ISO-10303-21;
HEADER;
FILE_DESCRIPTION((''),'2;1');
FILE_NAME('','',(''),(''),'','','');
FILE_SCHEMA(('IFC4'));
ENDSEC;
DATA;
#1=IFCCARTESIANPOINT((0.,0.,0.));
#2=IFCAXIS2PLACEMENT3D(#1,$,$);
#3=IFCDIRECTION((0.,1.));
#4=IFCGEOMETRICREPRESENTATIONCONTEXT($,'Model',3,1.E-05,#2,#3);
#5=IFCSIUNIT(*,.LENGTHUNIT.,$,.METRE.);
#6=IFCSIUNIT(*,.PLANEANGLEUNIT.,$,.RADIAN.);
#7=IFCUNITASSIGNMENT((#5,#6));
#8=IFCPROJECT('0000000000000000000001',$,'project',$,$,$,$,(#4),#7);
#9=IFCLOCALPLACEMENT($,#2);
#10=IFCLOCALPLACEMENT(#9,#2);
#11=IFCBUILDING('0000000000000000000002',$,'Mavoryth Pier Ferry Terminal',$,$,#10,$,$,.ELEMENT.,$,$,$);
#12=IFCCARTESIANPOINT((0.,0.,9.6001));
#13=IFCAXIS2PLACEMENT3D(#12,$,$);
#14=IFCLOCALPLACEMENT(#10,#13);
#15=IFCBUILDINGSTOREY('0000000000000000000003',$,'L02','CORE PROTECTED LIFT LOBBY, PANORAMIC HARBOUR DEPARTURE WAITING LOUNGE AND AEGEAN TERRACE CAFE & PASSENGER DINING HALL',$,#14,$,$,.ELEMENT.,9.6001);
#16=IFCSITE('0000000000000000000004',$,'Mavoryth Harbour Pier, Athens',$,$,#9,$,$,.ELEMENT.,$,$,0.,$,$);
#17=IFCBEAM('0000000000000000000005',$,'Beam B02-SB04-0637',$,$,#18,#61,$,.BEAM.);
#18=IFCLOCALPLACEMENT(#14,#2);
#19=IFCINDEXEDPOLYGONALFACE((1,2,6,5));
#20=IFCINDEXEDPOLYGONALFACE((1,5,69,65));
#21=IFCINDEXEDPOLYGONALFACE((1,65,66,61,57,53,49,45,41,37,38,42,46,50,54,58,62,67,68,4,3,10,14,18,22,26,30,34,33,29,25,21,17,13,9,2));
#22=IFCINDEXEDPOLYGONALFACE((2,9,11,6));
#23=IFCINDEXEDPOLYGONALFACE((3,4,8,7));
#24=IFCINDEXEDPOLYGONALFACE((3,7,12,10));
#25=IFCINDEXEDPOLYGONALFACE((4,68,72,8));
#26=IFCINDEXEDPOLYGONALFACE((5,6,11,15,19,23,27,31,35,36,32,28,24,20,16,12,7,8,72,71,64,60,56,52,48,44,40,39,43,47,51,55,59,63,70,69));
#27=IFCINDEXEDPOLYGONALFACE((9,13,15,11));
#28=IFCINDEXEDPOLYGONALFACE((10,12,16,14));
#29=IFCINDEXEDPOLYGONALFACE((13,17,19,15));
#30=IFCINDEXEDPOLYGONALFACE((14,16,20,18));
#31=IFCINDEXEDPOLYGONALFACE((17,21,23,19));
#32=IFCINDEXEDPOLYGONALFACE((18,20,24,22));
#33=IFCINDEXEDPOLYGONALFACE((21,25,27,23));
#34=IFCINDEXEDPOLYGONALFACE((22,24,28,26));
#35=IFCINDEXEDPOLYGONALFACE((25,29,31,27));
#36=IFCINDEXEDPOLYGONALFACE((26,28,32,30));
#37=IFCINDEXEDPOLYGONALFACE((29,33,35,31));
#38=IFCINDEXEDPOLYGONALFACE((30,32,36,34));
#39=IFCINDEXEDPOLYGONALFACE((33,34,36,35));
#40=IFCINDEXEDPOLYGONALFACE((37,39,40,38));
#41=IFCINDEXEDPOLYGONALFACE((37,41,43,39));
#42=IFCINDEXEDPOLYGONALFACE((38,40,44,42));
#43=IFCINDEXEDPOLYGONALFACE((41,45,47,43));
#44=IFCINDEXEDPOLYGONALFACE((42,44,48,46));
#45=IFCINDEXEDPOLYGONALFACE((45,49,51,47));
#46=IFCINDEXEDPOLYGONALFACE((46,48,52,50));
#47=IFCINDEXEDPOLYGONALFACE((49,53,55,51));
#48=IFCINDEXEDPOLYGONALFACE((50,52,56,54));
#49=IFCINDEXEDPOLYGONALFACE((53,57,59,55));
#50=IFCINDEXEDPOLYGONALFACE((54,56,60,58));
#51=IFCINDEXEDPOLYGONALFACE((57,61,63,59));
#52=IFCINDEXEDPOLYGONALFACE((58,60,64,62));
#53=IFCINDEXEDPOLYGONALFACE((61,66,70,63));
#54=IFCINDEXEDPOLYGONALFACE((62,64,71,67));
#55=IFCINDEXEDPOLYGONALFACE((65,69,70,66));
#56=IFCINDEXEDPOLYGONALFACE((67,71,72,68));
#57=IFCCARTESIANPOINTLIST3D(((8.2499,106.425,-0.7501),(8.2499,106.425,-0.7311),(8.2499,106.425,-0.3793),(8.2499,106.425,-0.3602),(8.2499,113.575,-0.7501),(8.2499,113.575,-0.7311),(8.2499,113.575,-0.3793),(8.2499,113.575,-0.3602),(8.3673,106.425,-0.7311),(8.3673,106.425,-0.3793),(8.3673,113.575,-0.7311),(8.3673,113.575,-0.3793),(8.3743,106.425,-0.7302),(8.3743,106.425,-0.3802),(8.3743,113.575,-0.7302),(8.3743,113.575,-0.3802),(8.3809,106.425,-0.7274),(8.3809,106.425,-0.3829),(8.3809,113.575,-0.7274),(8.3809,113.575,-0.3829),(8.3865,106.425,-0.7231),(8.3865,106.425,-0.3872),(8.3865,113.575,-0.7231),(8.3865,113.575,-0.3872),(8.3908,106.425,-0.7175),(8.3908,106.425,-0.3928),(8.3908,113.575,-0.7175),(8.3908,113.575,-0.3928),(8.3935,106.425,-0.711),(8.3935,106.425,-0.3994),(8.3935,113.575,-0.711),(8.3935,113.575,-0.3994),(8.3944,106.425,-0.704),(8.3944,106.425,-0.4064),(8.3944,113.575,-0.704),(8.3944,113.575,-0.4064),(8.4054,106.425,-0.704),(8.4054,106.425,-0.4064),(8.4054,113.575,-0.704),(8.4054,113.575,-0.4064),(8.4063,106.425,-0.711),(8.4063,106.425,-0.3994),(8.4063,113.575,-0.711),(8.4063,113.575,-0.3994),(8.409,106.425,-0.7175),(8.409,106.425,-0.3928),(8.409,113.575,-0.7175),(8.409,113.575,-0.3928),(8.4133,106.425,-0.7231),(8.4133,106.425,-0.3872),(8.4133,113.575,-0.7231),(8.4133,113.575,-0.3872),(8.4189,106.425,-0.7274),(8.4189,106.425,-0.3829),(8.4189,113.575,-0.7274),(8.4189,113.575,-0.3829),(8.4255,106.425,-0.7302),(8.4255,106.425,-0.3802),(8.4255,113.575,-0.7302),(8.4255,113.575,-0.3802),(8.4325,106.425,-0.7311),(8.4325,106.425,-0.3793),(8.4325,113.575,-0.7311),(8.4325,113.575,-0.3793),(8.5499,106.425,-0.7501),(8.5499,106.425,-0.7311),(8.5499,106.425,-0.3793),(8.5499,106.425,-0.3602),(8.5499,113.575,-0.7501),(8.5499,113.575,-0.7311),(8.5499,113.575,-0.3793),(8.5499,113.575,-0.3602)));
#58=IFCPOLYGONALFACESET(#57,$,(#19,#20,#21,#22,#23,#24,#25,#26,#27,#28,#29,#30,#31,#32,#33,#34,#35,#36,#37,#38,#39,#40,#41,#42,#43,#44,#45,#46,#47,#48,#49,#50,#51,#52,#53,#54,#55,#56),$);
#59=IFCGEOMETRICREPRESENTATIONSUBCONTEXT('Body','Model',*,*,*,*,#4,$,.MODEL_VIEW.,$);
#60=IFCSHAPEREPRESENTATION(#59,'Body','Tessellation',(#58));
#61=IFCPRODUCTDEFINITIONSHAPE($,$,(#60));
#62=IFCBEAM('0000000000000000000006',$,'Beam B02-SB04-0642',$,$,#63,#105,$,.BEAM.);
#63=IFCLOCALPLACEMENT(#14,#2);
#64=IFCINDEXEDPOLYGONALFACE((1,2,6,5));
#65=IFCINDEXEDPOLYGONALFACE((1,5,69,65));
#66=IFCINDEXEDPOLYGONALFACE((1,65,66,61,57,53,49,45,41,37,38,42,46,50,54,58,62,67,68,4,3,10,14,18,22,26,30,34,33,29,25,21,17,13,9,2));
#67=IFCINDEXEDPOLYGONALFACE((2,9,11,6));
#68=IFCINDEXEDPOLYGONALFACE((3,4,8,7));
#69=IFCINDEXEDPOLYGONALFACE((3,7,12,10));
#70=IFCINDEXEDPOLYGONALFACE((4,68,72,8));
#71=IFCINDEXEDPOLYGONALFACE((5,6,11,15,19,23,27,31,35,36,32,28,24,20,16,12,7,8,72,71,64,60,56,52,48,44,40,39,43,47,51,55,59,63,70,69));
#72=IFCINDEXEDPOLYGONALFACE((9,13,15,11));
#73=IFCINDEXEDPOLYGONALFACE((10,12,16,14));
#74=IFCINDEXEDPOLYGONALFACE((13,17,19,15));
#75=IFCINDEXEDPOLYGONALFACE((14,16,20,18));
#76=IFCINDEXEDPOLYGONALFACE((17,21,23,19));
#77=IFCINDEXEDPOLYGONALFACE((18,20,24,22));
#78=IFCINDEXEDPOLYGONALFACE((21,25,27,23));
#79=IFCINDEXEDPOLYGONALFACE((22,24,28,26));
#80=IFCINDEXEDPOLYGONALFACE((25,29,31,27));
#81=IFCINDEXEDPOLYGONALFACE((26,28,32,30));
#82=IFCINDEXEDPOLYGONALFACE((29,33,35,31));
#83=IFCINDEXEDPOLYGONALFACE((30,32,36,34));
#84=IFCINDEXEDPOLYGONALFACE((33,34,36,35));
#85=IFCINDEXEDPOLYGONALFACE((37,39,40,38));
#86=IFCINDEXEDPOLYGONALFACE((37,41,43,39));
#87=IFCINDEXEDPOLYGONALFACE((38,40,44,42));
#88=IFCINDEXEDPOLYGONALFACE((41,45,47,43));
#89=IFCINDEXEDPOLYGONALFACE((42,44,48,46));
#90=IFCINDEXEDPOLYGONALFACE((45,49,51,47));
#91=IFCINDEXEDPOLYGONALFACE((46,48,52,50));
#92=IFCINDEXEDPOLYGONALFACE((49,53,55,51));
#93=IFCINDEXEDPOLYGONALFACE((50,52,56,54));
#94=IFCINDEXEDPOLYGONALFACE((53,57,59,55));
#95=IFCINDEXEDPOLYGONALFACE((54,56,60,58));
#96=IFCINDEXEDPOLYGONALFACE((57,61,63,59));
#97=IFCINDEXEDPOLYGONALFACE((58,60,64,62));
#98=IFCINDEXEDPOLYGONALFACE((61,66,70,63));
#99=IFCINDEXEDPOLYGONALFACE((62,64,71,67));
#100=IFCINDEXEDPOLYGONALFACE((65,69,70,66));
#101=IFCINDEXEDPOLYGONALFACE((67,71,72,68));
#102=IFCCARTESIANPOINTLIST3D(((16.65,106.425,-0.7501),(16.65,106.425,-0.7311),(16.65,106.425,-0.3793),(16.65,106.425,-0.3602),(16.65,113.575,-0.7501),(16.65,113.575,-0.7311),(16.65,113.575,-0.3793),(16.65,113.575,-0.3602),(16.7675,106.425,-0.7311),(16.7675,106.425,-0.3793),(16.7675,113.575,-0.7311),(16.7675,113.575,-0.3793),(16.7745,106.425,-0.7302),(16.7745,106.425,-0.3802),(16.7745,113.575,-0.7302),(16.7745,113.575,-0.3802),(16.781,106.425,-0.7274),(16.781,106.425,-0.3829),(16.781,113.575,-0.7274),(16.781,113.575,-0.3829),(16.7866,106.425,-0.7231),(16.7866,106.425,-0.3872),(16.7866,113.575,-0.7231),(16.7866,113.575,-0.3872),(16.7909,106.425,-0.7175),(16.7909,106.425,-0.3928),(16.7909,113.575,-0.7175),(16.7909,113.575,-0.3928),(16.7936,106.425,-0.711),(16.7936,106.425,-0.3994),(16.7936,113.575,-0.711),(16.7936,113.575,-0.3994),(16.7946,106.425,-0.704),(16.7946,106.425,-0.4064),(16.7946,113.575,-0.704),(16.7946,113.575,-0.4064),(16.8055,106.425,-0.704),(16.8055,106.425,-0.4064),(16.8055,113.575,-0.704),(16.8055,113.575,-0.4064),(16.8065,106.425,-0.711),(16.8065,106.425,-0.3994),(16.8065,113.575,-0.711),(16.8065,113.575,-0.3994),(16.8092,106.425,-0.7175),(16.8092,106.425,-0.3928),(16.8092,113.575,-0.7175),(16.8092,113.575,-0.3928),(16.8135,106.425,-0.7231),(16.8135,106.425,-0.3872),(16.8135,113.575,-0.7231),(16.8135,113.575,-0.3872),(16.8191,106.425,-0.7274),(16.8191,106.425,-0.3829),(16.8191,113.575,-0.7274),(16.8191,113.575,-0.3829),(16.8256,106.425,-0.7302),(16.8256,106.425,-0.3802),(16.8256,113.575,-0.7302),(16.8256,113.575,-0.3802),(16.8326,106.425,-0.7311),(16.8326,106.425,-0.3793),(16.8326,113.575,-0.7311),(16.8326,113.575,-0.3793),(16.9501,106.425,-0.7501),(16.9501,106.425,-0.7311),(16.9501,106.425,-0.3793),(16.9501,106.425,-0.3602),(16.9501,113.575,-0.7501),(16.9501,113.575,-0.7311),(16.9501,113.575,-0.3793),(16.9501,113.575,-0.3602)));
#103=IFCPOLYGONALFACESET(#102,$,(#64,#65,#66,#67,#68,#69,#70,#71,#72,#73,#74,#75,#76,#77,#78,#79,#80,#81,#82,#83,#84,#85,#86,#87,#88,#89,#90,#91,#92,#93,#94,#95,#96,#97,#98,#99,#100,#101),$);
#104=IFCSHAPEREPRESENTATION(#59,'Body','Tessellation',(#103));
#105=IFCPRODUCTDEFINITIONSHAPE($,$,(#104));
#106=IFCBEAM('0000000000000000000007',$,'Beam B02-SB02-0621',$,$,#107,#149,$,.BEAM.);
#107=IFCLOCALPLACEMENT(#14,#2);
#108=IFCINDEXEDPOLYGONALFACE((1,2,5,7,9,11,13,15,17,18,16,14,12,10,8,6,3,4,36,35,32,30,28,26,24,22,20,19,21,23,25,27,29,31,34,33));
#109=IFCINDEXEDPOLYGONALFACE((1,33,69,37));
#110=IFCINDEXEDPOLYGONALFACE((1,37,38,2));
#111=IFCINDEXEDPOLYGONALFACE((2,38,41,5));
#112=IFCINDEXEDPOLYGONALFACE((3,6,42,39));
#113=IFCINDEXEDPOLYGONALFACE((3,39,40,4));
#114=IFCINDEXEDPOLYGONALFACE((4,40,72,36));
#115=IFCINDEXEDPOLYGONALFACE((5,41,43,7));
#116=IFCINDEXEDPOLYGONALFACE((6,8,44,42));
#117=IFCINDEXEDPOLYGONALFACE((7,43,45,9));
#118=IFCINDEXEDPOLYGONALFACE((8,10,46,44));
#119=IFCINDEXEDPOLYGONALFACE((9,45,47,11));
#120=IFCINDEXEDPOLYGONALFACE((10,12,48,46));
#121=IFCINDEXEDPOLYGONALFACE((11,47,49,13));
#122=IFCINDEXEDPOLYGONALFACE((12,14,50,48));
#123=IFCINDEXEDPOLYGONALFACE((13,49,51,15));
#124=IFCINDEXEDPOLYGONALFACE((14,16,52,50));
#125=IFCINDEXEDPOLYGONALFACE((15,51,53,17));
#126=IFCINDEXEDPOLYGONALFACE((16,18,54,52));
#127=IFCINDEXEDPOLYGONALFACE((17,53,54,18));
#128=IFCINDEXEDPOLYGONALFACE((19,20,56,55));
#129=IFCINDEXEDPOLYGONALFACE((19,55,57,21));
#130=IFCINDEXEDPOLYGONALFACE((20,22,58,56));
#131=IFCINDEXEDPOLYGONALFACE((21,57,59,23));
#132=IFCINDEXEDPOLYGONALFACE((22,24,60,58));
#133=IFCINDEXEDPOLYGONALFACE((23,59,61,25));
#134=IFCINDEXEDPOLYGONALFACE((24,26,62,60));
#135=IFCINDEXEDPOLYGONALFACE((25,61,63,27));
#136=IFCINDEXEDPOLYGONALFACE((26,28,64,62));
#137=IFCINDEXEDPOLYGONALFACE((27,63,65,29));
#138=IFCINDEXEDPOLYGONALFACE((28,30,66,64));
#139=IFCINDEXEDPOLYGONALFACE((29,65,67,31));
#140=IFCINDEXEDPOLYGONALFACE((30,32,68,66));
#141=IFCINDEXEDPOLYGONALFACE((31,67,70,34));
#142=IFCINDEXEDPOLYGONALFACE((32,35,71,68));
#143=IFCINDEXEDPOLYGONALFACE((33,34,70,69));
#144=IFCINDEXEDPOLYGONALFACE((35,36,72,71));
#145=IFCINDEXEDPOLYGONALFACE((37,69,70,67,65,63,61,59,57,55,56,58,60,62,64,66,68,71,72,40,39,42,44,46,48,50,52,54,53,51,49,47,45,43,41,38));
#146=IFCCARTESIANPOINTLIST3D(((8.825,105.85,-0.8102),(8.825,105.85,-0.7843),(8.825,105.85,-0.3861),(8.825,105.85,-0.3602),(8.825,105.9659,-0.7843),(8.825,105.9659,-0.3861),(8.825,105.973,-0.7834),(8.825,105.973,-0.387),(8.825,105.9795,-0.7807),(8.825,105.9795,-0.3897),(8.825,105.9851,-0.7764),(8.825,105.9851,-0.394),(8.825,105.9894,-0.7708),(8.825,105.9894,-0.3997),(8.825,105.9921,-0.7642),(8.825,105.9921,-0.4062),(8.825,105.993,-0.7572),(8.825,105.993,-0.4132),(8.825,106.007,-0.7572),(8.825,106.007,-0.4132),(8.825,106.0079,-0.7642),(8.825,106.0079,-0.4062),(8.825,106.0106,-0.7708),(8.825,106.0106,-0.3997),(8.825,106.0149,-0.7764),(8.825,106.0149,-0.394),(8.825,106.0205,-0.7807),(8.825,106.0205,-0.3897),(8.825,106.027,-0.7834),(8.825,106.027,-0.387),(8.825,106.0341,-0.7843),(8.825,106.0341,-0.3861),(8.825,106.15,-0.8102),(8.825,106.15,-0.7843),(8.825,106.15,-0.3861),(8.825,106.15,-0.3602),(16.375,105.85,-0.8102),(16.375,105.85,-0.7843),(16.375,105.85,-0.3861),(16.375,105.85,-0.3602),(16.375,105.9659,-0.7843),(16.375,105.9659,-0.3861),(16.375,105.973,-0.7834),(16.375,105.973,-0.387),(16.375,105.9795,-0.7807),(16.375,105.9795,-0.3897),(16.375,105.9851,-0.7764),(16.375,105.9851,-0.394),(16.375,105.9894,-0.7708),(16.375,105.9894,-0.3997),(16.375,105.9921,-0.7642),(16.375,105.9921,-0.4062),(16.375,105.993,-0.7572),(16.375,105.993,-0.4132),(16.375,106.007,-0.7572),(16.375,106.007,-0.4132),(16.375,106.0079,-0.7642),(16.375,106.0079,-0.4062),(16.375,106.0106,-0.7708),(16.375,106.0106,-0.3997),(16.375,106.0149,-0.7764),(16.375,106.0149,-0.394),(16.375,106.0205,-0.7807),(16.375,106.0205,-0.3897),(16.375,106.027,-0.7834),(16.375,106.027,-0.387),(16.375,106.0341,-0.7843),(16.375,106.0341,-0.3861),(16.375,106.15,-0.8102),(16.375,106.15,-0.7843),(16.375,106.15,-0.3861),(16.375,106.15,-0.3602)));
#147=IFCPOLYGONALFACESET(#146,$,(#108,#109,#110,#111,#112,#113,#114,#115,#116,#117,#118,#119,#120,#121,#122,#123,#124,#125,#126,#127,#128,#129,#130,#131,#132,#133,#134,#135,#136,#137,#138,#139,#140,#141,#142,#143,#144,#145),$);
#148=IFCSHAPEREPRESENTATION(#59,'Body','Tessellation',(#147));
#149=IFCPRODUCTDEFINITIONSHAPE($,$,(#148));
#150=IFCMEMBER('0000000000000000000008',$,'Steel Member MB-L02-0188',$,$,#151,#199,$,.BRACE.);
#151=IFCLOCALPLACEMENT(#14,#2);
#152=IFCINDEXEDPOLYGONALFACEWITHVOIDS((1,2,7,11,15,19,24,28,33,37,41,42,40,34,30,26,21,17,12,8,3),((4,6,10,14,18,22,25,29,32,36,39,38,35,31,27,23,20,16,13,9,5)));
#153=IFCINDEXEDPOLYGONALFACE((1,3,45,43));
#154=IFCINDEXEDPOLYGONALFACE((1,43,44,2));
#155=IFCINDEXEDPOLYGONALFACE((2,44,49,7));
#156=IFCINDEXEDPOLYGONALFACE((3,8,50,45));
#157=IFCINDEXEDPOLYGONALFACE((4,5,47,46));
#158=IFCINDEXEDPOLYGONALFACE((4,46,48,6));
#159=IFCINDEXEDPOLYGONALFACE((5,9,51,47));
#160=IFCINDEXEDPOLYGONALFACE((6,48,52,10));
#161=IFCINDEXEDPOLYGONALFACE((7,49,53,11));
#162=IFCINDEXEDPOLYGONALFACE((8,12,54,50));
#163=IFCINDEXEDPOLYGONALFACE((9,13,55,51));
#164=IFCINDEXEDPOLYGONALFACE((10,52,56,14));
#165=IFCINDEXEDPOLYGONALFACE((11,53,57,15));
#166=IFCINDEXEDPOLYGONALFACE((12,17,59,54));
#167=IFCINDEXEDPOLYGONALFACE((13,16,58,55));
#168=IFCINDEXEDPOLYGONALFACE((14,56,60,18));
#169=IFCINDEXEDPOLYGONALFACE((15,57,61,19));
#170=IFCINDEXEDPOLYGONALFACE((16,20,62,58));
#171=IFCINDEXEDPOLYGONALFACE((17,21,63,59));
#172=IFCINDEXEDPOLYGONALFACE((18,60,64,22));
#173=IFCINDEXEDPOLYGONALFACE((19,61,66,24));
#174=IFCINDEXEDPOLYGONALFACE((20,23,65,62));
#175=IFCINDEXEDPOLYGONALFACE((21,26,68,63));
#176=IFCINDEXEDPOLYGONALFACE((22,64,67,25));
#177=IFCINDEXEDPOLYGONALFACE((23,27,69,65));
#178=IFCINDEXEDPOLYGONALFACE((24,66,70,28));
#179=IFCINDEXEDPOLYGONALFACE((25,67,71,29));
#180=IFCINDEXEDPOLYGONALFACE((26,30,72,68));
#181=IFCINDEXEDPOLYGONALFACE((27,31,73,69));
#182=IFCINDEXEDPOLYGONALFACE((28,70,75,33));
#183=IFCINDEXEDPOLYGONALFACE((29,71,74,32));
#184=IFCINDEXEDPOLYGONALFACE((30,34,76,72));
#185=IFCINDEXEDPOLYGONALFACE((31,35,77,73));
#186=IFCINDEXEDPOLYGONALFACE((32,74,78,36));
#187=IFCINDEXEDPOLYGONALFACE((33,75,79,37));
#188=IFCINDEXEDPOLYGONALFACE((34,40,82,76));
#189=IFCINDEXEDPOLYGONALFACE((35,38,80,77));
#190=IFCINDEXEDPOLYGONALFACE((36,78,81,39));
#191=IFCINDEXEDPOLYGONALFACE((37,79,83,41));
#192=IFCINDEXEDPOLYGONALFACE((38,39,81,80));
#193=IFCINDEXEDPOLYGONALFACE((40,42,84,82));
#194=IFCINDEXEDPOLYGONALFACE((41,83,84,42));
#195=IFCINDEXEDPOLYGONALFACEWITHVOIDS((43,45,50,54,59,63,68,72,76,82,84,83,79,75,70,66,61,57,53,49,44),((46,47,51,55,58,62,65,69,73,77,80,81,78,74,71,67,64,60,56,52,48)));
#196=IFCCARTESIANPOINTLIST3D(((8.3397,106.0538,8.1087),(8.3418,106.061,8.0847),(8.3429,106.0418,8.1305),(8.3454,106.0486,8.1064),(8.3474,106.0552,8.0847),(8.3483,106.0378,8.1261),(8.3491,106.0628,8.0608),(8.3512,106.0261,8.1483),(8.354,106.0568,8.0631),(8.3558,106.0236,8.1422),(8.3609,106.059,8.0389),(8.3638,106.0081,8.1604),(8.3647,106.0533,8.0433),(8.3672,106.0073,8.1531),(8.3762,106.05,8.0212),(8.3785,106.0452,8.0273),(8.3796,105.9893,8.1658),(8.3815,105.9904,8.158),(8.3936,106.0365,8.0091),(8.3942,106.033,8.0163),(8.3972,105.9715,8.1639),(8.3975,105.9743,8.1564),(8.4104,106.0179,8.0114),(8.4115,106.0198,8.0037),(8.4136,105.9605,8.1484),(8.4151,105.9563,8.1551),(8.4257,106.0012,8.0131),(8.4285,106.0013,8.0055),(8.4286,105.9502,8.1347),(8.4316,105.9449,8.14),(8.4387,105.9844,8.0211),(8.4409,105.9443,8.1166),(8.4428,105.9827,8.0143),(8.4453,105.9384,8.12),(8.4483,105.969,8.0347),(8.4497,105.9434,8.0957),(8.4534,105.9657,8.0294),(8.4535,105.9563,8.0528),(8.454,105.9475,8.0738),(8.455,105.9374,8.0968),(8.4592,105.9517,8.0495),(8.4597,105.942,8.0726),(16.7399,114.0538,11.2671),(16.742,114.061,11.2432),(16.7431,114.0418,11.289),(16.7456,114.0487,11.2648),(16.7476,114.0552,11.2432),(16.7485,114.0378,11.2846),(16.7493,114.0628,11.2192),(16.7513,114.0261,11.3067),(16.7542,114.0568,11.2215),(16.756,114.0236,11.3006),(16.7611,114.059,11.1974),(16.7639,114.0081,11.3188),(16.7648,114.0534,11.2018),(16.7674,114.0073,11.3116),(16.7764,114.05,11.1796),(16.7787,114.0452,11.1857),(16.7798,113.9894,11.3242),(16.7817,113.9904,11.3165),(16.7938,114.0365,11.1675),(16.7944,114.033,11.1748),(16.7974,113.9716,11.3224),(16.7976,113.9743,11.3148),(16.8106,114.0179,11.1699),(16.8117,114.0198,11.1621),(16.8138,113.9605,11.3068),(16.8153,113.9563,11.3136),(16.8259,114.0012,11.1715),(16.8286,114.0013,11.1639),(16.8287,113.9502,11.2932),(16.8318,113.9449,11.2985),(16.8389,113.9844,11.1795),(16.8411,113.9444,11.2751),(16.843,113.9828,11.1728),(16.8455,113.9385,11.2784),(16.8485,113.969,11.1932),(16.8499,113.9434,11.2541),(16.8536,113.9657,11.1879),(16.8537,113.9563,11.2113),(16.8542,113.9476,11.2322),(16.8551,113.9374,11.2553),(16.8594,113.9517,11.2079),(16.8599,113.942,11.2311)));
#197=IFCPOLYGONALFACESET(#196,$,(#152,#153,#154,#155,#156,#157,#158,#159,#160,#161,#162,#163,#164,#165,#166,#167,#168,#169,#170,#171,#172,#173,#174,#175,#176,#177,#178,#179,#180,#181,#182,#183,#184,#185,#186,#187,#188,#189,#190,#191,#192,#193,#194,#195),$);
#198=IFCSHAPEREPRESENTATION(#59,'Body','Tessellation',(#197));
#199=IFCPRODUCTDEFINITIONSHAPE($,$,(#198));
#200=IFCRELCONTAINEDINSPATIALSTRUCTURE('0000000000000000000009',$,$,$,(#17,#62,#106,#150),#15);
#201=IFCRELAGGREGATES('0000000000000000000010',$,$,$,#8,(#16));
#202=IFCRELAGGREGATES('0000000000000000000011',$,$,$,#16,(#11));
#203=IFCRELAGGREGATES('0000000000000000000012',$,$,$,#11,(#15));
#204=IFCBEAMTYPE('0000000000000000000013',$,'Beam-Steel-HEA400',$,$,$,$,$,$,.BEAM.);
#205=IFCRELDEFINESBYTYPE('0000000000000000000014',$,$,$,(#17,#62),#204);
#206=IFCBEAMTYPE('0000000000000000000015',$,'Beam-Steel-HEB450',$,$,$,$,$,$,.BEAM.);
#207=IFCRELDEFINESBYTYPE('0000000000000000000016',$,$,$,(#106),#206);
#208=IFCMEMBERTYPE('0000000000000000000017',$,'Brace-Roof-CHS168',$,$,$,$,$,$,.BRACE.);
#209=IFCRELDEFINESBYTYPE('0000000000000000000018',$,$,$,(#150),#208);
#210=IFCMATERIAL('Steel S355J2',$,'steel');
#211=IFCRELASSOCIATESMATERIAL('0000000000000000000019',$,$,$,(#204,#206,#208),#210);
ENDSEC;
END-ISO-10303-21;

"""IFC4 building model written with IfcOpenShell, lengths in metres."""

from ifc_helpers import new_model, si_unit, direction, frame, origin, origin_2d, place, context, subcontext, project, spatial, hollow_circle, i_section, extrude, material, material_profile, profile_set, type_object, element, save


model = new_model("IFC4")

# Units and contexts
model_context = context("Model", 3, precision=1e-05, world=origin(), true_north=direction((0.0, 1.0)))
body_context = subcontext(model_context, "Body", "Model", "MODEL_VIEW")
ifc_project = project(units=[si_unit("LENGTHUNIT", "METRE"), si_unit("PLANEANGLEUNIT", "RADIAN")], contexts=[model_context])

# Site, building, storey
site_placement = place(None, origin())
site = spatial("IfcSite", under=ifc_project, at=site_placement, Name="Mavoryth Harbour Pier, Athens", CompositionType="ELEMENT", RefElevation=0.0)
building_placement = place(site_placement, origin())
building = spatial("IfcBuilding", under=site, at=building_placement, Name="Mavoryth Pier Ferry Terminal", CompositionType="ELEMENT")
storey_placement = place(building_placement, frame((0.0, 0.0, 9.6001)))
storey = spatial("IfcBuildingStorey", under=building, at=storey_placement, Name="L02", Description="CORE PROTECTED LIFT LOBBY, PANORAMIC HARBOUR DEPARTURE WAITING LOUNGE AND AEGEAN TERRACE CAFE & PASSENGER DINING HALL", CompositionType="ELEMENT", Elevation=9.6001)

# Shared definitions
ifc_material_1 = material(Name="Steel S355J2", Category="steel")

# Beams
ifc_material_profile_1 = material_profile(ifc_material_1, i_section(OverallWidth=0.3, OverallDepth=0.3899, WebThickness=0.011, FlangeThickness=0.019, FilletRadius=0.0271, at=origin_2d()), Name="HEA 400", Category="steel")
ifc_profile_set_1 = profile_set([ifc_material_profile_1], Name="Steel S355J2 - HEA 400")
beam_type_1 = type_object("IfcBeamType", Name="Beam-Steel-HEA400", PredefinedType="BEAM", material=ifc_profile_set_1)
for number, where, z_axis, x_axis, name in (
    (1, (8.3999, 106.425, -0.5552), (0.0, 1.0, 0.0), (-1.0, 0.0, 0.0), "Beam B02-SB04-0637"),
    (2, (16.8, 106.425, -0.5552), (0.0, 1.0, 0.0), (-1.0, 0.0, 0.0), "Beam B02-SB04-0642"),
):
    element("IfcBeam", number, at=place(storey_placement, frame(where, z_axis=z_axis, x_axis=x_axis)), inside=storey, type_object=beam_type_1, Name=name, PredefinedType="BEAM", context=body_context, shape_type="SweptSolid", body=[
        extrude(i_section(OverallWidth=0.3, OverallDepth=0.3899, WebThickness=0.011, FlangeThickness=0.019, FilletRadius=0.0271, at=origin_2d()), origin(), (0.0, 0.0, 1.0), 7.1499),
    ])
ifc_material_profile_2 = material_profile(ifc_material_1, i_section(OverallWidth=0.3, OverallDepth=0.45, WebThickness=0.0139, FlangeThickness=0.0259, FilletRadius=0.0271, at=origin_2d()), Name="HEB 450", Category="steel")
ifc_profile_set_2 = profile_set([ifc_material_profile_2], Name="Steel S355J2 - HEB 450")
beam_type_2 = type_object("IfcBeamType", Name="Beam-Steel-HEB450", PredefinedType="BEAM", material=ifc_profile_set_2)
beam_1_placement = place(storey_placement, frame((8.825, 106.0, -0.5852), z_axis=(1.0, 0.0, 0.0), x_axis=(0.0, 1.0, 0.0)))
element("IfcBeam", 3, at=beam_1_placement, inside=storey, type_object=beam_type_2, Name="Beam B02-SB02-0621", PredefinedType="BEAM", context=body_context, shape_type="SweptSolid", body=[
    extrude(i_section(OverallWidth=0.3, OverallDepth=0.45, WebThickness=0.0139, FlangeThickness=0.0259, FilletRadius=0.0271, at=origin_2d()), origin(), (0.0, 0.0, 1.0), 7.55),
])

# Member
ifc_material_profile_3 = material_profile(ifc_material_1, hollow_circle(Radius=0.0842, WallThickness=0.0081, at=origin_2d()), Name="CHS 168.3x8.0", Category="steel")
ifc_profile_set_3 = profile_set([ifc_material_profile_3], Name="Steel S355J2 - CHS 168.3x8.0")
member_type_1 = type_object("IfcMemberType", Name="Brace-Roof-CHS168", PredefinedType="BRACE", material=ifc_profile_set_3)
member_1_placement = place(storey_placement, frame((8.3999, 106.0, 8.0847), z_axis=(0.698708, 0.665424, 0.262713), x_axis=(-0.689649, 0.724144, 0.0)))
element("IfcMember", 4, at=member_1_placement, inside=storey, type_object=member_type_1, Name="Steel Member MB-L02-0188", PredefinedType="BRACE", context=body_context, shape_type="SweptSolid", body=[
    extrude(hollow_circle(Radius=0.0842, WallThickness=0.0081, at=origin_2d()), origin(), (0.0, 0.0, 1.0), 12.0225),
])

save(model, "model.ifc")
